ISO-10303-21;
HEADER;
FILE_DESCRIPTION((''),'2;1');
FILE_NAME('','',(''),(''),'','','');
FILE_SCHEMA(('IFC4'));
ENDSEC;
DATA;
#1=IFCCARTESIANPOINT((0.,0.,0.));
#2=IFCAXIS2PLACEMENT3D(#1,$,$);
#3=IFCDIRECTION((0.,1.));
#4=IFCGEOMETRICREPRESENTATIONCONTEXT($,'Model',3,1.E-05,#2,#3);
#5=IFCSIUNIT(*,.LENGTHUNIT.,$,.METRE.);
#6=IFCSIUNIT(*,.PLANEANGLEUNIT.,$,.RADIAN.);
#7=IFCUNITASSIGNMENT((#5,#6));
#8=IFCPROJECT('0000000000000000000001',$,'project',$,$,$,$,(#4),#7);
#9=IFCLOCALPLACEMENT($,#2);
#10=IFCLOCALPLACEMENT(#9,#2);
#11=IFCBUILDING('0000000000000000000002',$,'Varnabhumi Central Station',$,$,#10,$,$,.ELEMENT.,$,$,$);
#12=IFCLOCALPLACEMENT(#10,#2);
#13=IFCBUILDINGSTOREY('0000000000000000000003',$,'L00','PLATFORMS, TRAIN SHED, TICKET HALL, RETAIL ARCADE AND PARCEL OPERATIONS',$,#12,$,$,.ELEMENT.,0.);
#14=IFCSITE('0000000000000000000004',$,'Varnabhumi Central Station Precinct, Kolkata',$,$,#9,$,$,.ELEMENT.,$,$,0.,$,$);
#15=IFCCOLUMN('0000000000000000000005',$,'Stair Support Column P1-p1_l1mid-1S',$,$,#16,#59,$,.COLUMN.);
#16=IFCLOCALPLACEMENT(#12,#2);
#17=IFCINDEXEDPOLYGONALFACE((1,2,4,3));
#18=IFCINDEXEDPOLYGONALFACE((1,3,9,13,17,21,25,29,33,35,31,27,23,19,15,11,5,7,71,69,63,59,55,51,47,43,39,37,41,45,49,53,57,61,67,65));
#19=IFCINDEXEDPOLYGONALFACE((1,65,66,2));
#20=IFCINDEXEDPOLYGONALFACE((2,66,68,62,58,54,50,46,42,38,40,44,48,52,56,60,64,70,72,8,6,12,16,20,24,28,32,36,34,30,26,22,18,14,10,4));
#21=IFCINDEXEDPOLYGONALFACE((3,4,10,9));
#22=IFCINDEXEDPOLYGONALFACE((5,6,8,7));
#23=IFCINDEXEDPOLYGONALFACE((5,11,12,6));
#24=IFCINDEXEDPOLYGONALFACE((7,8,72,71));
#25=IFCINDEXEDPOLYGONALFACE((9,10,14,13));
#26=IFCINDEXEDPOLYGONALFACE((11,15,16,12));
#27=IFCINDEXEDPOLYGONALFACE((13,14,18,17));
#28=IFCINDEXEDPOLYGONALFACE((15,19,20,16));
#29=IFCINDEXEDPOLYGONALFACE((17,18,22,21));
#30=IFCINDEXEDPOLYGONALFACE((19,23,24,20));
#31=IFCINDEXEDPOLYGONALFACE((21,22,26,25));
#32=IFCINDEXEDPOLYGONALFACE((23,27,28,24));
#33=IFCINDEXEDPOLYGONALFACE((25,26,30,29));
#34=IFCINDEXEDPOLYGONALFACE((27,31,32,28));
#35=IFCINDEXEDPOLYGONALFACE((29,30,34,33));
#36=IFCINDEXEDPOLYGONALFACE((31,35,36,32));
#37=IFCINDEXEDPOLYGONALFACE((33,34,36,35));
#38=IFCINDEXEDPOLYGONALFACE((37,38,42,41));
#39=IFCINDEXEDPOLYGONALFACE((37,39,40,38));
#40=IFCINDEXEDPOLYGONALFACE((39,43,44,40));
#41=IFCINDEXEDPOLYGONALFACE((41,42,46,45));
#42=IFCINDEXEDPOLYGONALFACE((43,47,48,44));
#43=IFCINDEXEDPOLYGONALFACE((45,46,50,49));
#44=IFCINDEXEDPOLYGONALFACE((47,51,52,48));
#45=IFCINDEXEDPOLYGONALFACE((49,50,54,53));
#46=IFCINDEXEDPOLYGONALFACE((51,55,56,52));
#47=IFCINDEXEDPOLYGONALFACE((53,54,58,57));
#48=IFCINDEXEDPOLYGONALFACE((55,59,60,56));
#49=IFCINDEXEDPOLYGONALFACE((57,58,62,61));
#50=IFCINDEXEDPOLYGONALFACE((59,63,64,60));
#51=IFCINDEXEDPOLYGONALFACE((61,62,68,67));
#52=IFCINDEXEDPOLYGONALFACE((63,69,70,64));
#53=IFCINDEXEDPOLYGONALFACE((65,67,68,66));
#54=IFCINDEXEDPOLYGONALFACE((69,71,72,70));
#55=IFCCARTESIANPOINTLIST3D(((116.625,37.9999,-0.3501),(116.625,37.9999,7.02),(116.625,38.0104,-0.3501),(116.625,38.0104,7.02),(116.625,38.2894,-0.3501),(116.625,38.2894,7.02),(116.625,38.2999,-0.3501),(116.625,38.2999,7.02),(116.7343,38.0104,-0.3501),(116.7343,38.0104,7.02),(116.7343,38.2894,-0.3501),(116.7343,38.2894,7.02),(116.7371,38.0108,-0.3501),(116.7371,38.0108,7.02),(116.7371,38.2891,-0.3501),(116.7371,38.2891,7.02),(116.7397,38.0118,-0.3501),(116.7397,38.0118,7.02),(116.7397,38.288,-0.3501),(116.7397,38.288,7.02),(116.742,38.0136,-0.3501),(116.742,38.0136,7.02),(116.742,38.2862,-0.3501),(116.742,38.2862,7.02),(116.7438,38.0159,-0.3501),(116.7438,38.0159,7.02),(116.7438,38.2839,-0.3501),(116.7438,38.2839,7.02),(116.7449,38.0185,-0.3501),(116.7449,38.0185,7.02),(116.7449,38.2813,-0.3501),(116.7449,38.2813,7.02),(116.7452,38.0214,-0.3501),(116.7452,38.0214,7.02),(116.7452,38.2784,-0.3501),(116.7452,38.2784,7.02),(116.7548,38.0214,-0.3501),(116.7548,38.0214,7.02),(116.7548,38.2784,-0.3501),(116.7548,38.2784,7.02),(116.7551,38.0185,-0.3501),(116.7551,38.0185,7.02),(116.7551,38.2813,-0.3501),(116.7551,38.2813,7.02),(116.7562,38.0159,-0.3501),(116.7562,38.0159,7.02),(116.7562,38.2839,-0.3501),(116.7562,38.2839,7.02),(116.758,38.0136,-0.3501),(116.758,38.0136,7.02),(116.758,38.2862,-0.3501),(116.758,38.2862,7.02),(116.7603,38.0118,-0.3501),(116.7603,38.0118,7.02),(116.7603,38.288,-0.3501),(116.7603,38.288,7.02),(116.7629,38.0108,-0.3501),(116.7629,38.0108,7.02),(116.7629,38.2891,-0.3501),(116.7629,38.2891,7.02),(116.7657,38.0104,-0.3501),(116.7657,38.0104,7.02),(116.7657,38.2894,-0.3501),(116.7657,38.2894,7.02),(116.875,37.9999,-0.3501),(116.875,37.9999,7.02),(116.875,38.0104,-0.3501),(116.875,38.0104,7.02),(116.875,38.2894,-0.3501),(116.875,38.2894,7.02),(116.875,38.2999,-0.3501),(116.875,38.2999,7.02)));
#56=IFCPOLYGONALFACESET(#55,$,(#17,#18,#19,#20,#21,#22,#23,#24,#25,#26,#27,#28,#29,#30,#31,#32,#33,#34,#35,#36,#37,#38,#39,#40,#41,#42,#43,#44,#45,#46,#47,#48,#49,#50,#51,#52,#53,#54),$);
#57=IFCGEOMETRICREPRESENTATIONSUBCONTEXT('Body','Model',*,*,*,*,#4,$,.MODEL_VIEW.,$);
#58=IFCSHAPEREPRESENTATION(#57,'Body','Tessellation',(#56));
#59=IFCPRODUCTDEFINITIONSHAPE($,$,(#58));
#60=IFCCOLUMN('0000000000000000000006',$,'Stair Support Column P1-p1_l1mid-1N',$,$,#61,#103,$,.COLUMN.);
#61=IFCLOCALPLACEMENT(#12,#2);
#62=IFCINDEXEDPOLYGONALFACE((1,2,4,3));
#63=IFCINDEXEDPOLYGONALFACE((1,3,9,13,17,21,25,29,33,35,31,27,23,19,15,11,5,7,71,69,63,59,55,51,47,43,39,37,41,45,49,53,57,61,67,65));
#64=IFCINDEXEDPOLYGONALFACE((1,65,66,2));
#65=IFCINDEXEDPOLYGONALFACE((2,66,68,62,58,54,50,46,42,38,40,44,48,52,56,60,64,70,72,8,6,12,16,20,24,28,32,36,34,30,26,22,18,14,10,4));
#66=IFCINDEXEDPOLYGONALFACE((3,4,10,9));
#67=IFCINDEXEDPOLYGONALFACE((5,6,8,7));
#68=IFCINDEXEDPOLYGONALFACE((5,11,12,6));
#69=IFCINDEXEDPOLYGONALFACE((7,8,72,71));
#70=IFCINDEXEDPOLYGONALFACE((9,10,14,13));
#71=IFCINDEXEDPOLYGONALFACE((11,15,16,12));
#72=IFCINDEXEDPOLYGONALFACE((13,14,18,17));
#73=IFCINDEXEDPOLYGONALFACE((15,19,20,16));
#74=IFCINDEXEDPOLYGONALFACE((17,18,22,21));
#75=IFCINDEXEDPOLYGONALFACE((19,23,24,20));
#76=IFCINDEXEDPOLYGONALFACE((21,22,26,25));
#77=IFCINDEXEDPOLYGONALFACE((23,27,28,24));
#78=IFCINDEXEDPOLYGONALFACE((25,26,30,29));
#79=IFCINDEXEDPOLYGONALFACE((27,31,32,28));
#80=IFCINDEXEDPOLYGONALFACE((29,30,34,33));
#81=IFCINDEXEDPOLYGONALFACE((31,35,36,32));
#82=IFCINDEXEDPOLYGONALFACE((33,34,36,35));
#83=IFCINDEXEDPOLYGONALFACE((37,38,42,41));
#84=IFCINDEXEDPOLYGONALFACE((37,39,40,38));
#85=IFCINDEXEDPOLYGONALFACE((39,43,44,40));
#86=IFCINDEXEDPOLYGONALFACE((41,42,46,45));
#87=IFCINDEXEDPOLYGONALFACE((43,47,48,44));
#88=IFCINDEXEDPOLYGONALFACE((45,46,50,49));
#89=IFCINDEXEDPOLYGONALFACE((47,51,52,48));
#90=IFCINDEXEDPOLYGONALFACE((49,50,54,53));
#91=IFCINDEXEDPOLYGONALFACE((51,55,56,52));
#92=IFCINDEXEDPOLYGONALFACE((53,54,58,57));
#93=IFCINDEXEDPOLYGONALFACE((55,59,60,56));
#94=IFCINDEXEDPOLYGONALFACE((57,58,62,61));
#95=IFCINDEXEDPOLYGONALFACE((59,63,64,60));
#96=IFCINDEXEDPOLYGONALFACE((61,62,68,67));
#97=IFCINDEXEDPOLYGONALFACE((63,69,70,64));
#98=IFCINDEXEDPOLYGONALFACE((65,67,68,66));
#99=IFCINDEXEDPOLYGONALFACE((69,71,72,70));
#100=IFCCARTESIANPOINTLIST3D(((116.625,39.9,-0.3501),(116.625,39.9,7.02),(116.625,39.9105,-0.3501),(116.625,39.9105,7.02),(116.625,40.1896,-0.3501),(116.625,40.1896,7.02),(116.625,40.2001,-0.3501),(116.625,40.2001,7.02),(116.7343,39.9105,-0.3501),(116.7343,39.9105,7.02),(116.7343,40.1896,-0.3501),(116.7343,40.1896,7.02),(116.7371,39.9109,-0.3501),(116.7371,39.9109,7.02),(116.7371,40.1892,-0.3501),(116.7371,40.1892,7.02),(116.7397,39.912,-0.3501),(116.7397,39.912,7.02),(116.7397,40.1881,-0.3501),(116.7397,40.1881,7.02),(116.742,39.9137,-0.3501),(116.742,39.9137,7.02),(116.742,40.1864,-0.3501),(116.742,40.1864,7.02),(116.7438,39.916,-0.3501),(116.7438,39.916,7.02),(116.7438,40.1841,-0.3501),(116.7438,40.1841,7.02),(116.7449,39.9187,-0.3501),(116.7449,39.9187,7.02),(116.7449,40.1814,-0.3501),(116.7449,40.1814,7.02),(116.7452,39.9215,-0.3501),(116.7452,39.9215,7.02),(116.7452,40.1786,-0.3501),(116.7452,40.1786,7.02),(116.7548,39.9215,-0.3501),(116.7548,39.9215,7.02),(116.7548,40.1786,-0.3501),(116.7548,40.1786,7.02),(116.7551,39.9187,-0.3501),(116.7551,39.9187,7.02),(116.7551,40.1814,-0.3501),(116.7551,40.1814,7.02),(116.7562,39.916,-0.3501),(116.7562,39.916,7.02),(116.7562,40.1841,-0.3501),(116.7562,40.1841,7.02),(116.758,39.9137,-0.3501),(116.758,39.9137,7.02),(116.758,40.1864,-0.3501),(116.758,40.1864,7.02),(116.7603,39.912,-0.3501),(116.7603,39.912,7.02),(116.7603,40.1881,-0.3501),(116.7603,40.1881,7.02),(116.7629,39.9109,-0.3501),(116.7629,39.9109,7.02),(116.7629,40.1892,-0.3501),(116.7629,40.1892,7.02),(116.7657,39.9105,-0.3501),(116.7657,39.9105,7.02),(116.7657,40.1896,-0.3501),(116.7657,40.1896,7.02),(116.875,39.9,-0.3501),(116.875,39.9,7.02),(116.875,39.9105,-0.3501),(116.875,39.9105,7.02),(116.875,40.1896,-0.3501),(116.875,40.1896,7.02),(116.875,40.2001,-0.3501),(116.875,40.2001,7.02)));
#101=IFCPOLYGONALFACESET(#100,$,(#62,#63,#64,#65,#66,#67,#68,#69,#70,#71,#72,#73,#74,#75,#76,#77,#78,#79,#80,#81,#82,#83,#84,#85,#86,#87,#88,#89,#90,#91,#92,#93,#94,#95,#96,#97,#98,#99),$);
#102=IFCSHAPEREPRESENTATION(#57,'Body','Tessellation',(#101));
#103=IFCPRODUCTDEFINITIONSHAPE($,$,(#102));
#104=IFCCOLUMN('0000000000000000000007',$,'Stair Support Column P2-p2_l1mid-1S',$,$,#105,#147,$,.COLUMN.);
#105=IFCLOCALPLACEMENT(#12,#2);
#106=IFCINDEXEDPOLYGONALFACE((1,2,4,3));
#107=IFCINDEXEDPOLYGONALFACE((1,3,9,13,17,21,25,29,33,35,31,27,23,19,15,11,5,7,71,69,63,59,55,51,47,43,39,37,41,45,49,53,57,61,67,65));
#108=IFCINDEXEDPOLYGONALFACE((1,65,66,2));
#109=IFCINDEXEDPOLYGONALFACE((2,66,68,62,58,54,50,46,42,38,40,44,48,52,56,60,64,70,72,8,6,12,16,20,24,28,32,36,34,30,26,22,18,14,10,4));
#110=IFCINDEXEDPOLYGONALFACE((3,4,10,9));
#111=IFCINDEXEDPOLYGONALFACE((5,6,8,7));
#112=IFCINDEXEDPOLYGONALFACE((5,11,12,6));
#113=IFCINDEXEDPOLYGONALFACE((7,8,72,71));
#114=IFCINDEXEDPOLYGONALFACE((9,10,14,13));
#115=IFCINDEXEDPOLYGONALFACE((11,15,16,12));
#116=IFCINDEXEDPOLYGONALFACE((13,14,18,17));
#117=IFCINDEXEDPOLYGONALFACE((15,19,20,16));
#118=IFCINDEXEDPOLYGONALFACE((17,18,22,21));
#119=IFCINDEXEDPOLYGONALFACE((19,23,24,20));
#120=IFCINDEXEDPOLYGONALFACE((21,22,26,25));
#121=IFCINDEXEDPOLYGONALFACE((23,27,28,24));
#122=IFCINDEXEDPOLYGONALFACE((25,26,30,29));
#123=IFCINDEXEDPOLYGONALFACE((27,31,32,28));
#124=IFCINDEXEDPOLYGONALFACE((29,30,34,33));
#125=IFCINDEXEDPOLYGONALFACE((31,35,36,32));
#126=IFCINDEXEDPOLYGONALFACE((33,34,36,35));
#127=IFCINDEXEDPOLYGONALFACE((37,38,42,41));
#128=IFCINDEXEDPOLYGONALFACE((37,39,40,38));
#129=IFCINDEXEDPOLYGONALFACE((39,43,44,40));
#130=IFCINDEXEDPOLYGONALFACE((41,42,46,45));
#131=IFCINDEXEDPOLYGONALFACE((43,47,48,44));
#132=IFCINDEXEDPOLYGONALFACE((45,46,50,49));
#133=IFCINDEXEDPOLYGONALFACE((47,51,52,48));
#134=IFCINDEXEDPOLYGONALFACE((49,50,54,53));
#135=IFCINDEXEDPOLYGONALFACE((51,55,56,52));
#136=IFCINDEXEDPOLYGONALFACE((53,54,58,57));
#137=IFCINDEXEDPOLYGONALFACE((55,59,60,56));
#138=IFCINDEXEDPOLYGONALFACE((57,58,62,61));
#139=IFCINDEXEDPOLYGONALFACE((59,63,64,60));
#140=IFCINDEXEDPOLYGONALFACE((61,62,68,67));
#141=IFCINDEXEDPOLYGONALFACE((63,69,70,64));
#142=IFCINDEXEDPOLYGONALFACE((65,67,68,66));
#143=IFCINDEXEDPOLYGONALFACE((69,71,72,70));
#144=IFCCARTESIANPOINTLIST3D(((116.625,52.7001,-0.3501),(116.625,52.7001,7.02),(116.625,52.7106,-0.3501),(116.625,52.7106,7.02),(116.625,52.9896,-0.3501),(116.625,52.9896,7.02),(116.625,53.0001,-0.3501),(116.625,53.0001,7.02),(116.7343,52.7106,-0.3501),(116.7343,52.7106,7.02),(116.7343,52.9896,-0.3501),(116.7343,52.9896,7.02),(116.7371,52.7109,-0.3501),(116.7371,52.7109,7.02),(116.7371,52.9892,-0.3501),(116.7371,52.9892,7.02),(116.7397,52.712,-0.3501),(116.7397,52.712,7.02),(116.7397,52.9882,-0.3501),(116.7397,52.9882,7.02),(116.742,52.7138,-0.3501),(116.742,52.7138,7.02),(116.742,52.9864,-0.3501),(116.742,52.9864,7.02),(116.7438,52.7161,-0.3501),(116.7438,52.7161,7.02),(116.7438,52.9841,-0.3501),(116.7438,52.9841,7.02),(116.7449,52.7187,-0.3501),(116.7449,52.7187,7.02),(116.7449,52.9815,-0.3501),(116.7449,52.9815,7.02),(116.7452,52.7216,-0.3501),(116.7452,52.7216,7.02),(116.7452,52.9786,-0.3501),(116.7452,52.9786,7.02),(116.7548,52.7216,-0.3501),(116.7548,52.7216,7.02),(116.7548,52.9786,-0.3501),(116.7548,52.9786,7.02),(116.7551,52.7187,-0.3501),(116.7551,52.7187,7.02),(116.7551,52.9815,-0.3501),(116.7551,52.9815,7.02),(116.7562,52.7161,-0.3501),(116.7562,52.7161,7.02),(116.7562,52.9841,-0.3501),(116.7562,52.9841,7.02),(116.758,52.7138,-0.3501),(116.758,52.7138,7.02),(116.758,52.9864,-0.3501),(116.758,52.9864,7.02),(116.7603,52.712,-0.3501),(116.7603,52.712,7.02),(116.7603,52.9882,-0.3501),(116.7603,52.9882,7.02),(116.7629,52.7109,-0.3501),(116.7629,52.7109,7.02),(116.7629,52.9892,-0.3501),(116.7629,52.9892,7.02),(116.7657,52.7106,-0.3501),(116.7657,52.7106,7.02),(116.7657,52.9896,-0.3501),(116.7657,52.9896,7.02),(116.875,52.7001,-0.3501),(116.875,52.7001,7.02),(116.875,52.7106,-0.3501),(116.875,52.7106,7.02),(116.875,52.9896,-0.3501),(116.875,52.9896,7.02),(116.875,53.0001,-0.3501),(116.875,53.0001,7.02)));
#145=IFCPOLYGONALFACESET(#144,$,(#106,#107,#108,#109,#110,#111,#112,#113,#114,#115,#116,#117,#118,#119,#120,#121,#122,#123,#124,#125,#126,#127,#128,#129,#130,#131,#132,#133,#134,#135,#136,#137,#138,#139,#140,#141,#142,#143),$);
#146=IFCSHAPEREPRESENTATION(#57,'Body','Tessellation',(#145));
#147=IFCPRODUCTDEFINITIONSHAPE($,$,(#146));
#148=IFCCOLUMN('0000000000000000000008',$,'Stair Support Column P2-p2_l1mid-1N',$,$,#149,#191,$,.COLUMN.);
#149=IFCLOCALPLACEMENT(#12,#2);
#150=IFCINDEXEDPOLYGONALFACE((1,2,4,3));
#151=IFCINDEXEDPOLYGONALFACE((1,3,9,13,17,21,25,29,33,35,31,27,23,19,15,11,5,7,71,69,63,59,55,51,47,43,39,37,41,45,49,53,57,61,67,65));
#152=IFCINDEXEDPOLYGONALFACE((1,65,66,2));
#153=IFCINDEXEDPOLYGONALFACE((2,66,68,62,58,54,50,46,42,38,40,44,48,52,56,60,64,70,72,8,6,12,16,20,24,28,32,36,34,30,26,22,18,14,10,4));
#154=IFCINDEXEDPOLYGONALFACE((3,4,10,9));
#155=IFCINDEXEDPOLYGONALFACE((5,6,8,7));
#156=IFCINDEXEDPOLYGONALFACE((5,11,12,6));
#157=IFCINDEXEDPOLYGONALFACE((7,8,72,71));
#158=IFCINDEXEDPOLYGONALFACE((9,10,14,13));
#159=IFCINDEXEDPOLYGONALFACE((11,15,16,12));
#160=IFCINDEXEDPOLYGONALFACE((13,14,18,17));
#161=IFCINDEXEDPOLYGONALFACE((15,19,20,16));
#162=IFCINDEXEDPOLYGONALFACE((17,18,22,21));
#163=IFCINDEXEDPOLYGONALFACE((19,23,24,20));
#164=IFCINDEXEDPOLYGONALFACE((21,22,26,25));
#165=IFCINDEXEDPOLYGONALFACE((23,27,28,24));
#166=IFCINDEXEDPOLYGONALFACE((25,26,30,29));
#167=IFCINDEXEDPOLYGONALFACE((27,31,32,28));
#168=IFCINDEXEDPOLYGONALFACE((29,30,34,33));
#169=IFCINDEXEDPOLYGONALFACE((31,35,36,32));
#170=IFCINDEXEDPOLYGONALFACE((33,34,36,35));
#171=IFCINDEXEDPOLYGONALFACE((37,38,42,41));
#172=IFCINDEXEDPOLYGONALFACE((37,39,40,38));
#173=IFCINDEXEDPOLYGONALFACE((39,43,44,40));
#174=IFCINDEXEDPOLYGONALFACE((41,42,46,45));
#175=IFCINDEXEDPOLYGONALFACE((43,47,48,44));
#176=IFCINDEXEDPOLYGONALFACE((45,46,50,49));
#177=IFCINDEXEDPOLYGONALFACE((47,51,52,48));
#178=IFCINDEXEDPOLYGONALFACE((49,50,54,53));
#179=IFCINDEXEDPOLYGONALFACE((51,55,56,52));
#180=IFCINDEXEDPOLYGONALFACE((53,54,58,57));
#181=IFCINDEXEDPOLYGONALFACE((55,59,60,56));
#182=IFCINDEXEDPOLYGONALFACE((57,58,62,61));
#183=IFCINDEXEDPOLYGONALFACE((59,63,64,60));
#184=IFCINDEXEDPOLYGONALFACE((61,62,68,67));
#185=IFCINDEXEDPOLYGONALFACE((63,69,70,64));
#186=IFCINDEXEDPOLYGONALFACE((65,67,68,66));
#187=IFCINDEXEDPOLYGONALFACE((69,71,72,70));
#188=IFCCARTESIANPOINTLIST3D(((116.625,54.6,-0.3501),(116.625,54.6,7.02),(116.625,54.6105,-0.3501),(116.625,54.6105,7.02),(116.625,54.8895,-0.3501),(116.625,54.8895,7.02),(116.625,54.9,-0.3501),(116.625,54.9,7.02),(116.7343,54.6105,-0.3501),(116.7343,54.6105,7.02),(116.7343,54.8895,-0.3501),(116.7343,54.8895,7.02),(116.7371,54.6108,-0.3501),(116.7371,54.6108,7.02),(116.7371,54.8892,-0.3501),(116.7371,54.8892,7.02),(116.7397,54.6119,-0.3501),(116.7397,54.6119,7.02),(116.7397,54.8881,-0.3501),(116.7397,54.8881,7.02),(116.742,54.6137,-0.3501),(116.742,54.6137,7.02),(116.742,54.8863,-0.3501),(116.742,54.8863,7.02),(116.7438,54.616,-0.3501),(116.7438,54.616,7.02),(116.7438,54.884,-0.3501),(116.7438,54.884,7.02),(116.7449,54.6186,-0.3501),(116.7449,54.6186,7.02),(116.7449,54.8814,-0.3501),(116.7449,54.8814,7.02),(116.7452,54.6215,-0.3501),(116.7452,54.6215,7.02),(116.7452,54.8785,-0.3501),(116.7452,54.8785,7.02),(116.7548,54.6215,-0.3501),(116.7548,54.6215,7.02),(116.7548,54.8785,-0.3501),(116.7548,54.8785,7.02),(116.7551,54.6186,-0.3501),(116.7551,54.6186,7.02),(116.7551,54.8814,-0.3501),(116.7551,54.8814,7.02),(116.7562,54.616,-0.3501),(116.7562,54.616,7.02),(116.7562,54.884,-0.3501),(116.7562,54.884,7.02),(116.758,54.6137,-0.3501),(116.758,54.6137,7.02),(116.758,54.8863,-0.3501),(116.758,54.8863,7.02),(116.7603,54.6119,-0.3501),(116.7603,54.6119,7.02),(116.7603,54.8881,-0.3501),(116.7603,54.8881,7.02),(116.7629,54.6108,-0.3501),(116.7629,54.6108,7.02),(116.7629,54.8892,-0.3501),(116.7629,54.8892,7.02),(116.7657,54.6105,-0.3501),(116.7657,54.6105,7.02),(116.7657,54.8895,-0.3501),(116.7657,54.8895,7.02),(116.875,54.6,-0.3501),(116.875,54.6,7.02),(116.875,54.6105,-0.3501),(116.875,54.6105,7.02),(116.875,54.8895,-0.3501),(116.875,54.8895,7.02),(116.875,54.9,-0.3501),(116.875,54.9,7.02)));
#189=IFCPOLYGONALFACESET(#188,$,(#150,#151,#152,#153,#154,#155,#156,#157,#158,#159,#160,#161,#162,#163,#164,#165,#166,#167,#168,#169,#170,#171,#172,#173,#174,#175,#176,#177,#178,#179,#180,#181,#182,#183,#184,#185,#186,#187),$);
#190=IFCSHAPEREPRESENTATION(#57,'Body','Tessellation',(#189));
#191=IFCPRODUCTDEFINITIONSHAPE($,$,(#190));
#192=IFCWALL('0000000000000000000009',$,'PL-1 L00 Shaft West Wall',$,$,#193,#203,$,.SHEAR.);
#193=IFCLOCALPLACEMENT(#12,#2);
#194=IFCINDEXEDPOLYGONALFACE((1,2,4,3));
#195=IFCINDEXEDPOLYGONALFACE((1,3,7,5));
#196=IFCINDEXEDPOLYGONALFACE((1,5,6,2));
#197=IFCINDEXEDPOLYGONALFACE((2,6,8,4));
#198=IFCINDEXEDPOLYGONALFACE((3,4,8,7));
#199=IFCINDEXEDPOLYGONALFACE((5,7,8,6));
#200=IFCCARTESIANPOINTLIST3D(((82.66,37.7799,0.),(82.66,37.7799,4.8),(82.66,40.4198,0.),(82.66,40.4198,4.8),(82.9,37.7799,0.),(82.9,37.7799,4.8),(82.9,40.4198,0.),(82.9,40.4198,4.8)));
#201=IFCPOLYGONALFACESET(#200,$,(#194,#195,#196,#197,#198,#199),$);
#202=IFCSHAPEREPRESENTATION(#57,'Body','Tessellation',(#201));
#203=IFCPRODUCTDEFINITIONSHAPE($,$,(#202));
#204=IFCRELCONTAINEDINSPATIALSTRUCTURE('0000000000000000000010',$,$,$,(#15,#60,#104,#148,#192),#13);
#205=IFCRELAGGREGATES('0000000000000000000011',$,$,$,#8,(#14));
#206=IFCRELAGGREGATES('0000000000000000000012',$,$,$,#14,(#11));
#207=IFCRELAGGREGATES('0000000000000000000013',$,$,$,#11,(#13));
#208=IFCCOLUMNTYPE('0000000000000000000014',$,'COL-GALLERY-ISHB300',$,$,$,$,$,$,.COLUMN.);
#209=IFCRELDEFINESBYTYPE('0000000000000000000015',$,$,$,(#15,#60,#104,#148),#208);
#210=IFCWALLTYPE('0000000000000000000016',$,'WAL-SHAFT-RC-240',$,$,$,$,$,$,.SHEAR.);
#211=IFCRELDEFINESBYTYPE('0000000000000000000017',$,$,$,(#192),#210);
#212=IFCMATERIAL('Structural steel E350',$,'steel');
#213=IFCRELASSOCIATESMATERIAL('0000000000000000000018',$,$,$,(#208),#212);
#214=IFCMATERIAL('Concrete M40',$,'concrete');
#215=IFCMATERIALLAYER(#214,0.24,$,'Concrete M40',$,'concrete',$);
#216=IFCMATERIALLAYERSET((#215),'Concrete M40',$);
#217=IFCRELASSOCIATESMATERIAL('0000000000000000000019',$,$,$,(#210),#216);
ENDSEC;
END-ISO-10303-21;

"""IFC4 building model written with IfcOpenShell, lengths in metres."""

from ifc_helpers import new_model, si_unit, direction, frame, frame_2d, origin, origin_2d, place, context, subcontext, project, spatial, rectangle, i_section, extrude, material, layer, layer_set, material_profile, profile_set, type_object, element, save


model = new_model("IFC4")

# Units and contexts
model_context = context("Model", 3, precision=1e-05, world=origin(), true_north=direction((0.0, 1.0)))
body_context = subcontext(model_context, "Body", "Model", "MODEL_VIEW")
ifc_project = project(units=[si_unit("LENGTHUNIT", "METRE"), si_unit("PLANEANGLEUNIT", "RADIAN")], contexts=[model_context])

# Site, building, storey
site_placement = place(None, origin())
site = spatial("IfcSite", under=ifc_project, at=site_placement, Name="Varnabhumi Central Station Precinct, Kolkata", CompositionType="ELEMENT", RefElevation=0.0)
building_placement = place(site_placement, origin())
building = spatial("IfcBuilding", under=site, at=building_placement, Name="Varnabhumi Central Station", CompositionType="ELEMENT")
storey_placement = place(building_placement, origin())
storey = spatial("IfcBuildingStorey", under=building, at=storey_placement, Name="L00", Description="PLATFORMS, TRAIN SHED, TICKET HALL, RETAIL ARCADE AND PARCEL OPERATIONS", CompositionType="ELEMENT", Elevation=0.0)

# Shared definitions
ifc_material_1 = material(Name="Concrete M40", Category="concrete")

# Columns
ifc_material_2 = material(Name="Structural steel E350", Category="steel")
ifc_material_profile_1 = material_profile(ifc_material_2, i_section(OverallWidth=0.25, OverallDepth=0.3, WebThickness=0.0095, FlangeThickness=0.0105, FilletRadius=0.011, at=origin_2d()), Name="Structural steel E350", Category="steel")
ifc_profile_set_1 = profile_set([ifc_material_profile_1], Name="Structural steel E350")
column_type = type_object("IfcColumnType", Name="COL-GALLERY-ISHB300", PredefinedType="COLUMN", material=ifc_profile_set_1)
for number, where, z_axis, x_axis, name in (
    (1, (116.75, 38.1499, -0.3501), (0.0, 0.0, 1.0), (1.0, 0.0, 0.0), "Stair Support Column P1-p1_l1mid-1S"),
    (2, (116.75, 40.05, -0.3501), (0.0, 0.0, 1.0), (1.0, 0.0, 0.0), "Stair Support Column P1-p1_l1mid-1N"),
    (3, (116.75, 52.8501, -0.3501), (0.0, 0.0, 1.0), (1.0, 0.0, 0.0), "Stair Support Column P2-p2_l1mid-1S"),
    (4, (116.75, 54.75, -0.3501), (0.0, 0.0, 1.0), (1.0, 0.0, 0.0), "Stair Support Column P2-p2_l1mid-1N"),
):
    element("IfcColumn", number, at=place(storey_placement, frame(where, z_axis=z_axis, x_axis=x_axis)), inside=storey, type_object=column_type, Name=name, PredefinedType="COLUMN", context=body_context, shape_type="SweptSolid", body=[
        extrude(i_section(OverallWidth=0.25, OverallDepth=0.3, WebThickness=0.0095, FlangeThickness=0.0105, FilletRadius=0.011, at=origin_2d()), origin(), (0.0, 0.0, 1.0), 7.3701),
    ])

# Wall
ifc_layer = layer(ifc_material_1, 0.24, Name="Concrete M40", Category="concrete")
ifc_layer_set = layer_set([ifc_layer], Name="Concrete M40")
wall_type = type_object("IfcWallType", Name="WAL-SHAFT-RC-240", PredefinedType="SHEAR", material=ifc_layer_set)
wall_1_placement = place(storey_placement, frame((82.78, 37.78, 0.0), z_axis=(0.0, 0.0, 1.0), x_axis=(0.0, 1.0, 0.0)))
element("IfcWall", 5, at=wall_1_placement, inside=storey, type_object=wall_type, Name="PL-1 L00 Shaft West Wall", PredefinedType="SHEAR", context=body_context, shape_type="SweptSolid", body=[
    extrude(rectangle(XDim=2.6399, YDim=0.24, at=frame_2d((1.3198, 0.0))), origin(), (0.0, 0.0, 1.0), 4.8),
])

save(model, "model.ifc")
